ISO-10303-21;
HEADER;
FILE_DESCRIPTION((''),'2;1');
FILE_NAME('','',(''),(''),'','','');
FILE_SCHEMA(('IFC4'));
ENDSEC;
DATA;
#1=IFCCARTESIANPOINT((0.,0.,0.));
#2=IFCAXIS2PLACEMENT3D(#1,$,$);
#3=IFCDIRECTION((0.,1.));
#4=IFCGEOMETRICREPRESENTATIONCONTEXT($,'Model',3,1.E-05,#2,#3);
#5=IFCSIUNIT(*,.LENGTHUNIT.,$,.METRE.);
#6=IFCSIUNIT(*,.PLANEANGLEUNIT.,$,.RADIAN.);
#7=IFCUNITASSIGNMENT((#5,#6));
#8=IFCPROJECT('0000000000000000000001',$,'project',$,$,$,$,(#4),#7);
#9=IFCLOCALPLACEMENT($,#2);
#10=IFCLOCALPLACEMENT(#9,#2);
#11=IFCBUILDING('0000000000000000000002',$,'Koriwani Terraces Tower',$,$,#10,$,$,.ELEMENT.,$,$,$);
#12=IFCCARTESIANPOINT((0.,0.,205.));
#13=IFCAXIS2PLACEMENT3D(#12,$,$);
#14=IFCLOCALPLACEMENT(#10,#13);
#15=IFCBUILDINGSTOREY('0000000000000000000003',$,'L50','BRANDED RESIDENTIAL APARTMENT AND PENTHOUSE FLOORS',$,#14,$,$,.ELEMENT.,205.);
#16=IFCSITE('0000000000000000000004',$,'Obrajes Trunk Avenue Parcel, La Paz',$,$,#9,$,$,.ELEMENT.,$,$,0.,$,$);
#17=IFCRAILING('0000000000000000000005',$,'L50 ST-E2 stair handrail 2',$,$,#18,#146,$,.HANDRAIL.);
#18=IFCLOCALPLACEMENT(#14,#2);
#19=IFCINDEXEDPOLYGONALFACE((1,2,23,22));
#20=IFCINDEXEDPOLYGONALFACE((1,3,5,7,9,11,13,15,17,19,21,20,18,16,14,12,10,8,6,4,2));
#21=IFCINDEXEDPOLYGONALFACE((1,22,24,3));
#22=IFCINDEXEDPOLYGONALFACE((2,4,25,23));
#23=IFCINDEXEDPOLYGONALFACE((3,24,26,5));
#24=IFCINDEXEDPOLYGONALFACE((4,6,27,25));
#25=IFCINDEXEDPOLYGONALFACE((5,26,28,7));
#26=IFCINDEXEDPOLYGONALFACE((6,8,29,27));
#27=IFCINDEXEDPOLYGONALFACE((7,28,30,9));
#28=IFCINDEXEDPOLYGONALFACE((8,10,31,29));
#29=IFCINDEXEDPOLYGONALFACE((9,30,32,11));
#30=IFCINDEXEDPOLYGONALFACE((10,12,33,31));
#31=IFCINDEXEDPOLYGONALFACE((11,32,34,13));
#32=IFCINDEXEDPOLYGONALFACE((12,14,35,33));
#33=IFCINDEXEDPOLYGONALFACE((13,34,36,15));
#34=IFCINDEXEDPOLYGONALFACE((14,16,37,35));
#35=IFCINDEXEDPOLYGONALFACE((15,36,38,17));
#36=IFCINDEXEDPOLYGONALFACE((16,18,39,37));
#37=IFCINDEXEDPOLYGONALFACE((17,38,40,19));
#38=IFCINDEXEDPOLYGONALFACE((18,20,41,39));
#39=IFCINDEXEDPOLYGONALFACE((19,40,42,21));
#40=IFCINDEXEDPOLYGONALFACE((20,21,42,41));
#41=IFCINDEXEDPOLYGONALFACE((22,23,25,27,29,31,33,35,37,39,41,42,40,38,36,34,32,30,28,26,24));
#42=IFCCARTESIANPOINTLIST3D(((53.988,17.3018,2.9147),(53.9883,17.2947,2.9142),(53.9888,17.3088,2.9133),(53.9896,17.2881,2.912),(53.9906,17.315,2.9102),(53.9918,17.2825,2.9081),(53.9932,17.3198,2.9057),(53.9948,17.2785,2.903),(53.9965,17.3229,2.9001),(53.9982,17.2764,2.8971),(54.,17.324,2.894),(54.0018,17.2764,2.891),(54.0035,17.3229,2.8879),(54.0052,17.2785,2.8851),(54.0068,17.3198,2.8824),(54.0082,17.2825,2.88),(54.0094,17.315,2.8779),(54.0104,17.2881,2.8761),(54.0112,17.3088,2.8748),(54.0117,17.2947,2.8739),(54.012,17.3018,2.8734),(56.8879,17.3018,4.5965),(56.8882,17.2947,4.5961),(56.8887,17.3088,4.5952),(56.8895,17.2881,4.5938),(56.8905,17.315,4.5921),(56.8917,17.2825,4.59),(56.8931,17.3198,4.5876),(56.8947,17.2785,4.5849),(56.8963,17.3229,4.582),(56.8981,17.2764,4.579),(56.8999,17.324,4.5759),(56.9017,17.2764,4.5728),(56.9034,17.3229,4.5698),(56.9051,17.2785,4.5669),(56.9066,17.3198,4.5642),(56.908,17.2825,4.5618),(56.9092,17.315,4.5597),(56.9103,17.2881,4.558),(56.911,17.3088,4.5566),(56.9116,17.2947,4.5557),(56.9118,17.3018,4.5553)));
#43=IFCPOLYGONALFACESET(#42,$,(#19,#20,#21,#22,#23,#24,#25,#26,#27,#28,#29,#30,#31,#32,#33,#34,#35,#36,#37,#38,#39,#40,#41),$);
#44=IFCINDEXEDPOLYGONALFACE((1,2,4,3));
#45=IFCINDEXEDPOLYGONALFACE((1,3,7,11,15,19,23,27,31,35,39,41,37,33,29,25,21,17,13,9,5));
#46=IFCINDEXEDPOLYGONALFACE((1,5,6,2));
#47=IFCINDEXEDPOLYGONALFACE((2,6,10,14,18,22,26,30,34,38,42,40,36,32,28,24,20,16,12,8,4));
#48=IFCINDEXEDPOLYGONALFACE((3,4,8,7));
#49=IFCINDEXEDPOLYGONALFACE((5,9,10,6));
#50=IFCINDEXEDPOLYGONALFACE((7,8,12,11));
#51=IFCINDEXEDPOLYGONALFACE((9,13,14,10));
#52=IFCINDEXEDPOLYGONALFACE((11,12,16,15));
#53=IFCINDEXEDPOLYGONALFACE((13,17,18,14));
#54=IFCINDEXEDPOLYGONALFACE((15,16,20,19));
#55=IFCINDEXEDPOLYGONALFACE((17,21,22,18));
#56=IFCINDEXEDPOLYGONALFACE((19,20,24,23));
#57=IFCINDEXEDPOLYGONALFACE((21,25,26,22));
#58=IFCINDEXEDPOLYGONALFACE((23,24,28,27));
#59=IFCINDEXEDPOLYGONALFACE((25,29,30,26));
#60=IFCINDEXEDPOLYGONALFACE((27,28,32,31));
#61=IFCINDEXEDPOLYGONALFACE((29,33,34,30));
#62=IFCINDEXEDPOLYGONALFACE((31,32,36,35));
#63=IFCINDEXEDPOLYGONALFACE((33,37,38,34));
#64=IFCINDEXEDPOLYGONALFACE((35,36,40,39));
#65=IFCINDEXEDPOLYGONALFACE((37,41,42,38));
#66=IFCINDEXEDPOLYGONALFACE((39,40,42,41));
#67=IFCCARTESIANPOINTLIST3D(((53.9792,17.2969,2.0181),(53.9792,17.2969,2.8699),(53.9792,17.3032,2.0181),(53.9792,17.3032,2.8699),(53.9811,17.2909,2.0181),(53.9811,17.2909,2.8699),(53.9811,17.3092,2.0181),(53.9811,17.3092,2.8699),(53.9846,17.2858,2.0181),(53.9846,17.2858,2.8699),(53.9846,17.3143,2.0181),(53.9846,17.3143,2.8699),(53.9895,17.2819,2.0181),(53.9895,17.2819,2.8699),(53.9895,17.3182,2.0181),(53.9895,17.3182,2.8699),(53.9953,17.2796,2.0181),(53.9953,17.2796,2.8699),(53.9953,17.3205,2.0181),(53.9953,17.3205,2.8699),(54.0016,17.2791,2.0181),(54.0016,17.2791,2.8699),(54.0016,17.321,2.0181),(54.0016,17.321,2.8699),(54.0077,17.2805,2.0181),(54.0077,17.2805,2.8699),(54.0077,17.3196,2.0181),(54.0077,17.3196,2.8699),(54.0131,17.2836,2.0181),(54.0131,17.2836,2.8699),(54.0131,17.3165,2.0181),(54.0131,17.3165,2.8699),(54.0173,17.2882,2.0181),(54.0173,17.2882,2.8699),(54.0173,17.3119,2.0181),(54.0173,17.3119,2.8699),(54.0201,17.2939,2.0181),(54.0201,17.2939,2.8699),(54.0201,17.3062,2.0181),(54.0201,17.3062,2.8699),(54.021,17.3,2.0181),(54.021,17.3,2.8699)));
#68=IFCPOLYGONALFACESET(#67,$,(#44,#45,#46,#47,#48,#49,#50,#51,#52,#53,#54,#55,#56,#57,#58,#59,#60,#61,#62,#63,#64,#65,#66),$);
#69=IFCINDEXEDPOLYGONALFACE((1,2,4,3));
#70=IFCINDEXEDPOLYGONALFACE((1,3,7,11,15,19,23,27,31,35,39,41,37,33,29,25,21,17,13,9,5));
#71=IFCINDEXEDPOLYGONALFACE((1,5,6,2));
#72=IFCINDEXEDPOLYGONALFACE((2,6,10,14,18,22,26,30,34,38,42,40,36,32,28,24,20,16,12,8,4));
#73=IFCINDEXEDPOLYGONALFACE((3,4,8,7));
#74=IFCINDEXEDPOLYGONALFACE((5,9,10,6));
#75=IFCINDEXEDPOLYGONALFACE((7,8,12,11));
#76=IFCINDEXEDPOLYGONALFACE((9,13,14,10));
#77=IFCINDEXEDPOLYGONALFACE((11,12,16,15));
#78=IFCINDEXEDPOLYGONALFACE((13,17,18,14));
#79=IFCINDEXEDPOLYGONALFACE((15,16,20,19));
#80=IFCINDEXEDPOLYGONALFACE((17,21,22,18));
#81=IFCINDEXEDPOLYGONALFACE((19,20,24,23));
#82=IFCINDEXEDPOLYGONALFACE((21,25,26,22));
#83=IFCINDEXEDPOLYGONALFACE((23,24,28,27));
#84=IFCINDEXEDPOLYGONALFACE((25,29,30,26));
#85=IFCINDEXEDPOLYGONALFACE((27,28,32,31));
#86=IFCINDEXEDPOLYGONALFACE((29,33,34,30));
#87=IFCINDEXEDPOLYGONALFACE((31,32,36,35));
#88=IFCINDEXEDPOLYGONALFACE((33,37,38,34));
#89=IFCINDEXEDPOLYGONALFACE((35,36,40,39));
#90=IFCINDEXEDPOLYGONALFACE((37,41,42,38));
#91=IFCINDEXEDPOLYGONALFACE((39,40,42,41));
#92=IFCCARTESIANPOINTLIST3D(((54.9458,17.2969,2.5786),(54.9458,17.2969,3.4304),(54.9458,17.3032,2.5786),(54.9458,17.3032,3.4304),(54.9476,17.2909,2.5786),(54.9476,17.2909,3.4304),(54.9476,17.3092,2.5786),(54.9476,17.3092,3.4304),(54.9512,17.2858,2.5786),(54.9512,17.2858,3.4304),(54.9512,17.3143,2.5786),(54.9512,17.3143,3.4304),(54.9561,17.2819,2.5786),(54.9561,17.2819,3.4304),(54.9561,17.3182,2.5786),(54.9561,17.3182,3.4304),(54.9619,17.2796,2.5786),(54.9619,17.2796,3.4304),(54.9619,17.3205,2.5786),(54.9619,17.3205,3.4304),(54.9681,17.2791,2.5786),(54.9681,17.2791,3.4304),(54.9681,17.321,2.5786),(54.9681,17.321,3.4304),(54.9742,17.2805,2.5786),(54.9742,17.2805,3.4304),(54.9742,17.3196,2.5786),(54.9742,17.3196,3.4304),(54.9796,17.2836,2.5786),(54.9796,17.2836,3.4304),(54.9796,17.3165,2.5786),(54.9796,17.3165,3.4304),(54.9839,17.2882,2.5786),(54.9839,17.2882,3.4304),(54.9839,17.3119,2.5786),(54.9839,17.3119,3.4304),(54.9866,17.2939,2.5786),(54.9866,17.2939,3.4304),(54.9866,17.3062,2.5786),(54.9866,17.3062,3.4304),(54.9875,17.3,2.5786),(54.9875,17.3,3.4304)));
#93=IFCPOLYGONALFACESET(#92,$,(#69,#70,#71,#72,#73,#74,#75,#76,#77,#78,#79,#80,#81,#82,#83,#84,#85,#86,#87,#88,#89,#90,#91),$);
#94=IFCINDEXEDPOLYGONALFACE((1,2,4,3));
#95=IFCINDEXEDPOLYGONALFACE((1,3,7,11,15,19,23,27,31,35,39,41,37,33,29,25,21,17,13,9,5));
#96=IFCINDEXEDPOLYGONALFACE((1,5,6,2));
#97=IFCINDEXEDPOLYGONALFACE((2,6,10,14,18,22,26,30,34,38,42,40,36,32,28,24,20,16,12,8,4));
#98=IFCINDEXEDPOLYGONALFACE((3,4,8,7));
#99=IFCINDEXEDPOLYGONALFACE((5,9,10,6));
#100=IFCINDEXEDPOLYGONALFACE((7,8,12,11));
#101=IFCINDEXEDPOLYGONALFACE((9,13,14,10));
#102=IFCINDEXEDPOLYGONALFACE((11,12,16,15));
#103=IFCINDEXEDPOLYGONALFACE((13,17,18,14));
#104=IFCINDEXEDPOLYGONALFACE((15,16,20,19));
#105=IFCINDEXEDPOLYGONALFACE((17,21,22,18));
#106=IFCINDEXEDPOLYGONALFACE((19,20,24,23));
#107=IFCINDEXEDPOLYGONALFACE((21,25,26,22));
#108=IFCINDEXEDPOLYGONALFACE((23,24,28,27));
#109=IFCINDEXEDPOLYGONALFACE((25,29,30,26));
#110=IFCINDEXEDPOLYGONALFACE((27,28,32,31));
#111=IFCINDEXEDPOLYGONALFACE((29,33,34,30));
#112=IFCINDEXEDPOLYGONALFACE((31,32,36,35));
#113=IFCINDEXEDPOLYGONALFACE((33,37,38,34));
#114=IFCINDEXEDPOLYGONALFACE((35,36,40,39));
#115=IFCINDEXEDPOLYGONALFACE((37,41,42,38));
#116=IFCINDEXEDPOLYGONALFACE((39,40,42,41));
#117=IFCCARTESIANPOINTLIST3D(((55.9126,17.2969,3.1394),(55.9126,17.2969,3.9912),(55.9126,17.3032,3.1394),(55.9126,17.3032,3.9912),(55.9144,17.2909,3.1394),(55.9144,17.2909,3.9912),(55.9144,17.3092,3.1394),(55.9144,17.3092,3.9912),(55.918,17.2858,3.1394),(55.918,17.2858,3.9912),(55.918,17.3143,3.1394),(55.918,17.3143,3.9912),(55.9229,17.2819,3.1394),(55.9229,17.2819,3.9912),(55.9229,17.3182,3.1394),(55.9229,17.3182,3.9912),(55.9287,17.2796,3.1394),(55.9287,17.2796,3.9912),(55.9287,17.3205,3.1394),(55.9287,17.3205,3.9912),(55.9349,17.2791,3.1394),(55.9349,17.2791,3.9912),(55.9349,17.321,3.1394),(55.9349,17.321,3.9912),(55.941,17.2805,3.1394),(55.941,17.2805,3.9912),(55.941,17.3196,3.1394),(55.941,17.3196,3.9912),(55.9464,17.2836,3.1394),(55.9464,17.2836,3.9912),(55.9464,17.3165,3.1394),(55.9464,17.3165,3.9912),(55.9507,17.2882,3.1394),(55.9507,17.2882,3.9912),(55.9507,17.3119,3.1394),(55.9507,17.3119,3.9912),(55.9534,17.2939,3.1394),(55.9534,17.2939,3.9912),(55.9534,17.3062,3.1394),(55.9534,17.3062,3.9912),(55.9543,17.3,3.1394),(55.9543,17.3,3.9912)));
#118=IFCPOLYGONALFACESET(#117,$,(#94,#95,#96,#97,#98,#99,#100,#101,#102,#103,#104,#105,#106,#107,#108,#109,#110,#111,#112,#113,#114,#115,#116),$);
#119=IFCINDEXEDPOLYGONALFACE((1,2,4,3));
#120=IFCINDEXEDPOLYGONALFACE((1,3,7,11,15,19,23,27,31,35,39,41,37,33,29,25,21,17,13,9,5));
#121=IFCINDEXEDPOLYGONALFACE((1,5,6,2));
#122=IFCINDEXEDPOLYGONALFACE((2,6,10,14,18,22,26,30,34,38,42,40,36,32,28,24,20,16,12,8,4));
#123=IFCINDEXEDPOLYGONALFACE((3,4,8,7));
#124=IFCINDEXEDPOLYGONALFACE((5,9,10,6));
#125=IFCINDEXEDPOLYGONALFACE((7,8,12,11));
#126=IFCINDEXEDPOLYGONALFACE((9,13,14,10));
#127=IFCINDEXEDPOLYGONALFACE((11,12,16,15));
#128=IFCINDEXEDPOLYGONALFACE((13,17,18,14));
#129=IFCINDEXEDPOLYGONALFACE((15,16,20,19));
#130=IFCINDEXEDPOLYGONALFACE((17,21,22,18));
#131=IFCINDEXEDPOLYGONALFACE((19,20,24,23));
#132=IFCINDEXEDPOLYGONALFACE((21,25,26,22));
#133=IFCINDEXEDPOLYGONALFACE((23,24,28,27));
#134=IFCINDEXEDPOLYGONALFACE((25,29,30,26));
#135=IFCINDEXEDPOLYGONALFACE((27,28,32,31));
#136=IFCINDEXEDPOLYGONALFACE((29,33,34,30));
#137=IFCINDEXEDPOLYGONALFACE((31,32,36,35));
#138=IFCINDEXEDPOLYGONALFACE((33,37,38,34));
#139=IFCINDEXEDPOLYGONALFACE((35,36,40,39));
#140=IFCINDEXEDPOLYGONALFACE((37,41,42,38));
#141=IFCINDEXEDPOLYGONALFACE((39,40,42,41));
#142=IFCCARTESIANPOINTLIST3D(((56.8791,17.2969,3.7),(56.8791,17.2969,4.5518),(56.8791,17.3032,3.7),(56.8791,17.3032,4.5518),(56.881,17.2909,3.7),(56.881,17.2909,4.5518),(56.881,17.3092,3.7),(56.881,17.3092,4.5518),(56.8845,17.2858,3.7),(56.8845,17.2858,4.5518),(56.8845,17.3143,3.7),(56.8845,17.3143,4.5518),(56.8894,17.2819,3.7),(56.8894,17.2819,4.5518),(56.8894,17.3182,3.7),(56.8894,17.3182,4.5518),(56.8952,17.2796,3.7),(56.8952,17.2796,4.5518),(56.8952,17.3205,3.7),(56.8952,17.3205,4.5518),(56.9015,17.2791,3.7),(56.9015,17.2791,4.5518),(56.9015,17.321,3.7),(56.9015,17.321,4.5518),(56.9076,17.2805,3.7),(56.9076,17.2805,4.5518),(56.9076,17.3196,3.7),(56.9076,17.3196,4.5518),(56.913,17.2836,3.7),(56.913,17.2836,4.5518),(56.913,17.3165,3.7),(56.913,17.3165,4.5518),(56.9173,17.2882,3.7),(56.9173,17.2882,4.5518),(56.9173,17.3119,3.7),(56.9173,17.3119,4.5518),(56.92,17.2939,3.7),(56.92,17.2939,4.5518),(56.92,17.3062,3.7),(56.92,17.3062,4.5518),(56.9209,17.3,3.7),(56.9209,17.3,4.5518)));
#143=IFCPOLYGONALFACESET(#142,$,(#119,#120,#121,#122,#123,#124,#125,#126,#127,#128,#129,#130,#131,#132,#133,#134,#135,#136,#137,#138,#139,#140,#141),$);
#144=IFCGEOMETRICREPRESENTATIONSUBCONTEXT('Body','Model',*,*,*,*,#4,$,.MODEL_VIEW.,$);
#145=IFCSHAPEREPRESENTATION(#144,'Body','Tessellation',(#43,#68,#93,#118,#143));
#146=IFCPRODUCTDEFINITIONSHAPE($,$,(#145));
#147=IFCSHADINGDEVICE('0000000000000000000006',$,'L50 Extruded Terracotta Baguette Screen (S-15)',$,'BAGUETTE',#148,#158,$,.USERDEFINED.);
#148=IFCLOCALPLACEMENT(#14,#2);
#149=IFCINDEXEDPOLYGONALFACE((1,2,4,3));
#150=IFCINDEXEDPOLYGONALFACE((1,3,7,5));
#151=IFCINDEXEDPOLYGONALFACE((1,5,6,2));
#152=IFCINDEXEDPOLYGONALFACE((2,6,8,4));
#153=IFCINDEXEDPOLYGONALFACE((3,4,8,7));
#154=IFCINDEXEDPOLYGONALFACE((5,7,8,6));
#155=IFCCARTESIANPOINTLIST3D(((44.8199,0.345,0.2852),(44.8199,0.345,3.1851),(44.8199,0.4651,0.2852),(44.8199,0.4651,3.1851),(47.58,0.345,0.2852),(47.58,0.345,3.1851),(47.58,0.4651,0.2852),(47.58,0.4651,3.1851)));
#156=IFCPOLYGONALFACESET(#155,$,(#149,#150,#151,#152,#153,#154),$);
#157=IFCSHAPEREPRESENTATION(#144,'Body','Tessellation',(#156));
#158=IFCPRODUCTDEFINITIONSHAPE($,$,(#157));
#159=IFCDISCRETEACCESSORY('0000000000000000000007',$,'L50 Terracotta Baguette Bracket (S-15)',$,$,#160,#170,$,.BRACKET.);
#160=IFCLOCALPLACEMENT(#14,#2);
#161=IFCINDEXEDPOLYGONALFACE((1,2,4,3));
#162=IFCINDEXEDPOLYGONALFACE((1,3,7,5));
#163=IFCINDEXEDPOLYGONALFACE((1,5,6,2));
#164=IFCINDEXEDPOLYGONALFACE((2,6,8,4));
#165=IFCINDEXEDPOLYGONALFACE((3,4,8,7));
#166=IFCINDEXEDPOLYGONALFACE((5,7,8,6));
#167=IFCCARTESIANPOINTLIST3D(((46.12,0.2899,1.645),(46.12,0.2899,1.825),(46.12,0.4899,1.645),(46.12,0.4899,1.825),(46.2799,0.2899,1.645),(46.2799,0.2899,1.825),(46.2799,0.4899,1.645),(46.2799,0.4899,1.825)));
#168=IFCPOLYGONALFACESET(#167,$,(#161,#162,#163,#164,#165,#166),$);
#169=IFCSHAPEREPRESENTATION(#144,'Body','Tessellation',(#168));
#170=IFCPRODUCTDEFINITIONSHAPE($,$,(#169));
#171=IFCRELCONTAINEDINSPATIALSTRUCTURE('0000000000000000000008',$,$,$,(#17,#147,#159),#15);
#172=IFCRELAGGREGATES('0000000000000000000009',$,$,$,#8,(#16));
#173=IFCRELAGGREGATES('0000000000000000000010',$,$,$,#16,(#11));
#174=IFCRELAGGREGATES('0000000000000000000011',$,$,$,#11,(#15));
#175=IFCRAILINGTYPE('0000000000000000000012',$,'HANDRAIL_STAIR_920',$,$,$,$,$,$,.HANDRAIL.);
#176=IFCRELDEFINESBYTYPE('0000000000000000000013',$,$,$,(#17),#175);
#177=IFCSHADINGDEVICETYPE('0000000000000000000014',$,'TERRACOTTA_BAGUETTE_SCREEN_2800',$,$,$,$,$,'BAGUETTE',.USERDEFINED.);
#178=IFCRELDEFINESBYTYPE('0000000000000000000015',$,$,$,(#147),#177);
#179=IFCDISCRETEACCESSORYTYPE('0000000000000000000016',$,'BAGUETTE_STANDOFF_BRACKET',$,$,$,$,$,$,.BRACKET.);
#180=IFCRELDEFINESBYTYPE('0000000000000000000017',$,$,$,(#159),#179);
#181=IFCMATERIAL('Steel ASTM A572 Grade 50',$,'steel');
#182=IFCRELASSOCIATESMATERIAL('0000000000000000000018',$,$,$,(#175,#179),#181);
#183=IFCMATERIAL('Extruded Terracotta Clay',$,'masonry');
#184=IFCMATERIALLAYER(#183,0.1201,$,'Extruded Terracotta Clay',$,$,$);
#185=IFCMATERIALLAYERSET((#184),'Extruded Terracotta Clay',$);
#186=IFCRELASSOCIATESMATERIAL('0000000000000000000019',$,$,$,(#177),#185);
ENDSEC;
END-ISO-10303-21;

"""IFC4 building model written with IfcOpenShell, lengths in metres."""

from ifc_helpers import new_model, si_unit, direction, frame, origin, origin_2d, place, context, subcontext, project, spatial, rectangle, circle, extrude, material, layer, layer_set, type_object, element, save


model = new_model("IFC4")

# Units and contexts
model_context = context("Model", 3, precision=1e-05, world=origin(), true_north=direction((0.0, 1.0)))
body_context = subcontext(model_context, "Body", "Model", "MODEL_VIEW")
ifc_project = project(units=[si_unit("LENGTHUNIT", "METRE"), si_unit("PLANEANGLEUNIT", "RADIAN")], contexts=[model_context])

# Site, building, storey
site_placement = place(None, origin())
site = spatial("IfcSite", under=ifc_project, at=site_placement, Name="Obrajes Trunk Avenue Parcel, La Paz", CompositionType="ELEMENT", RefElevation=0.0)
building_placement = place(site_placement, origin())
building = spatial("IfcBuilding", under=site, at=building_placement, Name="Koriwani Terraces Tower", CompositionType="ELEMENT")
storey_placement = place(building_placement, frame((0.0, 0.0, 205.0)))
storey = spatial("IfcBuildingStorey", under=building, at=storey_placement, Name="L50", Description="BRANDED RESIDENTIAL APARTMENT AND PENTHOUSE FLOORS", CompositionType="ELEMENT", Elevation=205.0)

# Shared definitions
ifc_material_1 = material(Name="Steel ASTM A572 Grade 50", Category="steel")

# Railing
railing_type_1 = type_object("IfcRailingType", Name="HANDRAIL_STAIR_920", PredefinedType="HANDRAIL", material=ifc_material_1)
for number, where, name in (
    (1, (54.0, 17.3, 2.0181), "L50 ST-E2 stair handrail 2"),
):
    element("IfcRailing", number, at=place(storey_placement, frame(where)), inside=storey, type_object=railing_type_1, Name=name, PredefinedType="HANDRAIL", context=body_context, shape_type="SweptSolid", body=[
        extrude(circle(Radius=0.0239, at=origin_2d()), frame((0.0, 0.0, 0.876), z_axis=(0.865039, 0.0, 0.501705), x_axis=(0.0, 1.0, 0.0)), (0.0, 0.0, 1.0), 3.3523),
        extrude(circle(Radius=0.021, at=origin_2d()), origin(), (0.0, 0.0, 1.0), 0.8518),
        extrude(circle(Radius=0.021, at=origin_2d()), frame((0.9666, 0.0, 0.5605)), (0.0, 0.0, 1.0), 0.8518),
        extrude(circle(Radius=0.021, at=origin_2d()), frame((1.9333, 0.0, 1.1213)), (0.0, 0.0, 1.0), 0.8518),
        extrude(circle(Radius=0.021, at=origin_2d()), frame((2.8999, 0.0, 1.6819)), (0.0, 0.0, 1.0), 0.8518),
    ])

# Shading device
ifc_material_2 = material(Name="Extruded Terracotta Clay", Category="masonry")
ifc_layer_1 = layer(ifc_material_2, 0.1201, Name="Extruded Terracotta Clay")
ifc_layer_set_1 = layer_set([ifc_layer_1], Name="Extruded Terracotta Clay")
shading_device_type = type_object("IfcShadingDeviceType", Name="TERRACOTTA_BAGUETTE_SCREEN_2800", ElementType="BAGUETTE", PredefinedType="USERDEFINED", material=ifc_layer_set_1)
shading_device_placement = place(storey_placement, frame((46.2, 0.405, 0.2852), z_axis=(0.0, 0.0, 1.0), x_axis=(-1.0, 0.0, 0.0)))
element("IfcShadingDevice", 2, at=shading_device_placement, inside=storey, type_object=shading_device_type, Name="L50 Extruded Terracotta Baguette Screen (S-15)", ObjectType="BAGUETTE", PredefinedType="USERDEFINED", context=body_context, shape_type="SweptSolid", body=[
    extrude(rectangle(XDim=2.76, YDim=0.1201, at=origin_2d()), origin(), (0.0, 0.0, 1.0), 2.8999),
])

# Discrete accessory
discrete_accessory_type = type_object("IfcDiscreteAccessoryType", Name="BAGUETTE_STANDOFF_BRACKET", PredefinedType="BRACKET", material=ifc_material_1)
discrete_accessory_placement = place(storey_placement, frame((46.2, 0.3899, 1.645), z_axis=(0.0, 0.0, 1.0), x_axis=(-1.0, 0.0, 0.0)))
element("IfcDiscreteAccessory", 3, at=discrete_accessory_placement, inside=storey, type_object=discrete_accessory_type, Name="L50 Terracotta Baguette Bracket (S-15)", PredefinedType="BRACKET", context=body_context, shape_type="SweptSolid", body=[
    extrude(rectangle(XDim=0.1599, YDim=0.2, at=origin_2d()), origin(), (0.0, 0.0, 1.0), 0.1799),
])

save(model, "model.ifc")
